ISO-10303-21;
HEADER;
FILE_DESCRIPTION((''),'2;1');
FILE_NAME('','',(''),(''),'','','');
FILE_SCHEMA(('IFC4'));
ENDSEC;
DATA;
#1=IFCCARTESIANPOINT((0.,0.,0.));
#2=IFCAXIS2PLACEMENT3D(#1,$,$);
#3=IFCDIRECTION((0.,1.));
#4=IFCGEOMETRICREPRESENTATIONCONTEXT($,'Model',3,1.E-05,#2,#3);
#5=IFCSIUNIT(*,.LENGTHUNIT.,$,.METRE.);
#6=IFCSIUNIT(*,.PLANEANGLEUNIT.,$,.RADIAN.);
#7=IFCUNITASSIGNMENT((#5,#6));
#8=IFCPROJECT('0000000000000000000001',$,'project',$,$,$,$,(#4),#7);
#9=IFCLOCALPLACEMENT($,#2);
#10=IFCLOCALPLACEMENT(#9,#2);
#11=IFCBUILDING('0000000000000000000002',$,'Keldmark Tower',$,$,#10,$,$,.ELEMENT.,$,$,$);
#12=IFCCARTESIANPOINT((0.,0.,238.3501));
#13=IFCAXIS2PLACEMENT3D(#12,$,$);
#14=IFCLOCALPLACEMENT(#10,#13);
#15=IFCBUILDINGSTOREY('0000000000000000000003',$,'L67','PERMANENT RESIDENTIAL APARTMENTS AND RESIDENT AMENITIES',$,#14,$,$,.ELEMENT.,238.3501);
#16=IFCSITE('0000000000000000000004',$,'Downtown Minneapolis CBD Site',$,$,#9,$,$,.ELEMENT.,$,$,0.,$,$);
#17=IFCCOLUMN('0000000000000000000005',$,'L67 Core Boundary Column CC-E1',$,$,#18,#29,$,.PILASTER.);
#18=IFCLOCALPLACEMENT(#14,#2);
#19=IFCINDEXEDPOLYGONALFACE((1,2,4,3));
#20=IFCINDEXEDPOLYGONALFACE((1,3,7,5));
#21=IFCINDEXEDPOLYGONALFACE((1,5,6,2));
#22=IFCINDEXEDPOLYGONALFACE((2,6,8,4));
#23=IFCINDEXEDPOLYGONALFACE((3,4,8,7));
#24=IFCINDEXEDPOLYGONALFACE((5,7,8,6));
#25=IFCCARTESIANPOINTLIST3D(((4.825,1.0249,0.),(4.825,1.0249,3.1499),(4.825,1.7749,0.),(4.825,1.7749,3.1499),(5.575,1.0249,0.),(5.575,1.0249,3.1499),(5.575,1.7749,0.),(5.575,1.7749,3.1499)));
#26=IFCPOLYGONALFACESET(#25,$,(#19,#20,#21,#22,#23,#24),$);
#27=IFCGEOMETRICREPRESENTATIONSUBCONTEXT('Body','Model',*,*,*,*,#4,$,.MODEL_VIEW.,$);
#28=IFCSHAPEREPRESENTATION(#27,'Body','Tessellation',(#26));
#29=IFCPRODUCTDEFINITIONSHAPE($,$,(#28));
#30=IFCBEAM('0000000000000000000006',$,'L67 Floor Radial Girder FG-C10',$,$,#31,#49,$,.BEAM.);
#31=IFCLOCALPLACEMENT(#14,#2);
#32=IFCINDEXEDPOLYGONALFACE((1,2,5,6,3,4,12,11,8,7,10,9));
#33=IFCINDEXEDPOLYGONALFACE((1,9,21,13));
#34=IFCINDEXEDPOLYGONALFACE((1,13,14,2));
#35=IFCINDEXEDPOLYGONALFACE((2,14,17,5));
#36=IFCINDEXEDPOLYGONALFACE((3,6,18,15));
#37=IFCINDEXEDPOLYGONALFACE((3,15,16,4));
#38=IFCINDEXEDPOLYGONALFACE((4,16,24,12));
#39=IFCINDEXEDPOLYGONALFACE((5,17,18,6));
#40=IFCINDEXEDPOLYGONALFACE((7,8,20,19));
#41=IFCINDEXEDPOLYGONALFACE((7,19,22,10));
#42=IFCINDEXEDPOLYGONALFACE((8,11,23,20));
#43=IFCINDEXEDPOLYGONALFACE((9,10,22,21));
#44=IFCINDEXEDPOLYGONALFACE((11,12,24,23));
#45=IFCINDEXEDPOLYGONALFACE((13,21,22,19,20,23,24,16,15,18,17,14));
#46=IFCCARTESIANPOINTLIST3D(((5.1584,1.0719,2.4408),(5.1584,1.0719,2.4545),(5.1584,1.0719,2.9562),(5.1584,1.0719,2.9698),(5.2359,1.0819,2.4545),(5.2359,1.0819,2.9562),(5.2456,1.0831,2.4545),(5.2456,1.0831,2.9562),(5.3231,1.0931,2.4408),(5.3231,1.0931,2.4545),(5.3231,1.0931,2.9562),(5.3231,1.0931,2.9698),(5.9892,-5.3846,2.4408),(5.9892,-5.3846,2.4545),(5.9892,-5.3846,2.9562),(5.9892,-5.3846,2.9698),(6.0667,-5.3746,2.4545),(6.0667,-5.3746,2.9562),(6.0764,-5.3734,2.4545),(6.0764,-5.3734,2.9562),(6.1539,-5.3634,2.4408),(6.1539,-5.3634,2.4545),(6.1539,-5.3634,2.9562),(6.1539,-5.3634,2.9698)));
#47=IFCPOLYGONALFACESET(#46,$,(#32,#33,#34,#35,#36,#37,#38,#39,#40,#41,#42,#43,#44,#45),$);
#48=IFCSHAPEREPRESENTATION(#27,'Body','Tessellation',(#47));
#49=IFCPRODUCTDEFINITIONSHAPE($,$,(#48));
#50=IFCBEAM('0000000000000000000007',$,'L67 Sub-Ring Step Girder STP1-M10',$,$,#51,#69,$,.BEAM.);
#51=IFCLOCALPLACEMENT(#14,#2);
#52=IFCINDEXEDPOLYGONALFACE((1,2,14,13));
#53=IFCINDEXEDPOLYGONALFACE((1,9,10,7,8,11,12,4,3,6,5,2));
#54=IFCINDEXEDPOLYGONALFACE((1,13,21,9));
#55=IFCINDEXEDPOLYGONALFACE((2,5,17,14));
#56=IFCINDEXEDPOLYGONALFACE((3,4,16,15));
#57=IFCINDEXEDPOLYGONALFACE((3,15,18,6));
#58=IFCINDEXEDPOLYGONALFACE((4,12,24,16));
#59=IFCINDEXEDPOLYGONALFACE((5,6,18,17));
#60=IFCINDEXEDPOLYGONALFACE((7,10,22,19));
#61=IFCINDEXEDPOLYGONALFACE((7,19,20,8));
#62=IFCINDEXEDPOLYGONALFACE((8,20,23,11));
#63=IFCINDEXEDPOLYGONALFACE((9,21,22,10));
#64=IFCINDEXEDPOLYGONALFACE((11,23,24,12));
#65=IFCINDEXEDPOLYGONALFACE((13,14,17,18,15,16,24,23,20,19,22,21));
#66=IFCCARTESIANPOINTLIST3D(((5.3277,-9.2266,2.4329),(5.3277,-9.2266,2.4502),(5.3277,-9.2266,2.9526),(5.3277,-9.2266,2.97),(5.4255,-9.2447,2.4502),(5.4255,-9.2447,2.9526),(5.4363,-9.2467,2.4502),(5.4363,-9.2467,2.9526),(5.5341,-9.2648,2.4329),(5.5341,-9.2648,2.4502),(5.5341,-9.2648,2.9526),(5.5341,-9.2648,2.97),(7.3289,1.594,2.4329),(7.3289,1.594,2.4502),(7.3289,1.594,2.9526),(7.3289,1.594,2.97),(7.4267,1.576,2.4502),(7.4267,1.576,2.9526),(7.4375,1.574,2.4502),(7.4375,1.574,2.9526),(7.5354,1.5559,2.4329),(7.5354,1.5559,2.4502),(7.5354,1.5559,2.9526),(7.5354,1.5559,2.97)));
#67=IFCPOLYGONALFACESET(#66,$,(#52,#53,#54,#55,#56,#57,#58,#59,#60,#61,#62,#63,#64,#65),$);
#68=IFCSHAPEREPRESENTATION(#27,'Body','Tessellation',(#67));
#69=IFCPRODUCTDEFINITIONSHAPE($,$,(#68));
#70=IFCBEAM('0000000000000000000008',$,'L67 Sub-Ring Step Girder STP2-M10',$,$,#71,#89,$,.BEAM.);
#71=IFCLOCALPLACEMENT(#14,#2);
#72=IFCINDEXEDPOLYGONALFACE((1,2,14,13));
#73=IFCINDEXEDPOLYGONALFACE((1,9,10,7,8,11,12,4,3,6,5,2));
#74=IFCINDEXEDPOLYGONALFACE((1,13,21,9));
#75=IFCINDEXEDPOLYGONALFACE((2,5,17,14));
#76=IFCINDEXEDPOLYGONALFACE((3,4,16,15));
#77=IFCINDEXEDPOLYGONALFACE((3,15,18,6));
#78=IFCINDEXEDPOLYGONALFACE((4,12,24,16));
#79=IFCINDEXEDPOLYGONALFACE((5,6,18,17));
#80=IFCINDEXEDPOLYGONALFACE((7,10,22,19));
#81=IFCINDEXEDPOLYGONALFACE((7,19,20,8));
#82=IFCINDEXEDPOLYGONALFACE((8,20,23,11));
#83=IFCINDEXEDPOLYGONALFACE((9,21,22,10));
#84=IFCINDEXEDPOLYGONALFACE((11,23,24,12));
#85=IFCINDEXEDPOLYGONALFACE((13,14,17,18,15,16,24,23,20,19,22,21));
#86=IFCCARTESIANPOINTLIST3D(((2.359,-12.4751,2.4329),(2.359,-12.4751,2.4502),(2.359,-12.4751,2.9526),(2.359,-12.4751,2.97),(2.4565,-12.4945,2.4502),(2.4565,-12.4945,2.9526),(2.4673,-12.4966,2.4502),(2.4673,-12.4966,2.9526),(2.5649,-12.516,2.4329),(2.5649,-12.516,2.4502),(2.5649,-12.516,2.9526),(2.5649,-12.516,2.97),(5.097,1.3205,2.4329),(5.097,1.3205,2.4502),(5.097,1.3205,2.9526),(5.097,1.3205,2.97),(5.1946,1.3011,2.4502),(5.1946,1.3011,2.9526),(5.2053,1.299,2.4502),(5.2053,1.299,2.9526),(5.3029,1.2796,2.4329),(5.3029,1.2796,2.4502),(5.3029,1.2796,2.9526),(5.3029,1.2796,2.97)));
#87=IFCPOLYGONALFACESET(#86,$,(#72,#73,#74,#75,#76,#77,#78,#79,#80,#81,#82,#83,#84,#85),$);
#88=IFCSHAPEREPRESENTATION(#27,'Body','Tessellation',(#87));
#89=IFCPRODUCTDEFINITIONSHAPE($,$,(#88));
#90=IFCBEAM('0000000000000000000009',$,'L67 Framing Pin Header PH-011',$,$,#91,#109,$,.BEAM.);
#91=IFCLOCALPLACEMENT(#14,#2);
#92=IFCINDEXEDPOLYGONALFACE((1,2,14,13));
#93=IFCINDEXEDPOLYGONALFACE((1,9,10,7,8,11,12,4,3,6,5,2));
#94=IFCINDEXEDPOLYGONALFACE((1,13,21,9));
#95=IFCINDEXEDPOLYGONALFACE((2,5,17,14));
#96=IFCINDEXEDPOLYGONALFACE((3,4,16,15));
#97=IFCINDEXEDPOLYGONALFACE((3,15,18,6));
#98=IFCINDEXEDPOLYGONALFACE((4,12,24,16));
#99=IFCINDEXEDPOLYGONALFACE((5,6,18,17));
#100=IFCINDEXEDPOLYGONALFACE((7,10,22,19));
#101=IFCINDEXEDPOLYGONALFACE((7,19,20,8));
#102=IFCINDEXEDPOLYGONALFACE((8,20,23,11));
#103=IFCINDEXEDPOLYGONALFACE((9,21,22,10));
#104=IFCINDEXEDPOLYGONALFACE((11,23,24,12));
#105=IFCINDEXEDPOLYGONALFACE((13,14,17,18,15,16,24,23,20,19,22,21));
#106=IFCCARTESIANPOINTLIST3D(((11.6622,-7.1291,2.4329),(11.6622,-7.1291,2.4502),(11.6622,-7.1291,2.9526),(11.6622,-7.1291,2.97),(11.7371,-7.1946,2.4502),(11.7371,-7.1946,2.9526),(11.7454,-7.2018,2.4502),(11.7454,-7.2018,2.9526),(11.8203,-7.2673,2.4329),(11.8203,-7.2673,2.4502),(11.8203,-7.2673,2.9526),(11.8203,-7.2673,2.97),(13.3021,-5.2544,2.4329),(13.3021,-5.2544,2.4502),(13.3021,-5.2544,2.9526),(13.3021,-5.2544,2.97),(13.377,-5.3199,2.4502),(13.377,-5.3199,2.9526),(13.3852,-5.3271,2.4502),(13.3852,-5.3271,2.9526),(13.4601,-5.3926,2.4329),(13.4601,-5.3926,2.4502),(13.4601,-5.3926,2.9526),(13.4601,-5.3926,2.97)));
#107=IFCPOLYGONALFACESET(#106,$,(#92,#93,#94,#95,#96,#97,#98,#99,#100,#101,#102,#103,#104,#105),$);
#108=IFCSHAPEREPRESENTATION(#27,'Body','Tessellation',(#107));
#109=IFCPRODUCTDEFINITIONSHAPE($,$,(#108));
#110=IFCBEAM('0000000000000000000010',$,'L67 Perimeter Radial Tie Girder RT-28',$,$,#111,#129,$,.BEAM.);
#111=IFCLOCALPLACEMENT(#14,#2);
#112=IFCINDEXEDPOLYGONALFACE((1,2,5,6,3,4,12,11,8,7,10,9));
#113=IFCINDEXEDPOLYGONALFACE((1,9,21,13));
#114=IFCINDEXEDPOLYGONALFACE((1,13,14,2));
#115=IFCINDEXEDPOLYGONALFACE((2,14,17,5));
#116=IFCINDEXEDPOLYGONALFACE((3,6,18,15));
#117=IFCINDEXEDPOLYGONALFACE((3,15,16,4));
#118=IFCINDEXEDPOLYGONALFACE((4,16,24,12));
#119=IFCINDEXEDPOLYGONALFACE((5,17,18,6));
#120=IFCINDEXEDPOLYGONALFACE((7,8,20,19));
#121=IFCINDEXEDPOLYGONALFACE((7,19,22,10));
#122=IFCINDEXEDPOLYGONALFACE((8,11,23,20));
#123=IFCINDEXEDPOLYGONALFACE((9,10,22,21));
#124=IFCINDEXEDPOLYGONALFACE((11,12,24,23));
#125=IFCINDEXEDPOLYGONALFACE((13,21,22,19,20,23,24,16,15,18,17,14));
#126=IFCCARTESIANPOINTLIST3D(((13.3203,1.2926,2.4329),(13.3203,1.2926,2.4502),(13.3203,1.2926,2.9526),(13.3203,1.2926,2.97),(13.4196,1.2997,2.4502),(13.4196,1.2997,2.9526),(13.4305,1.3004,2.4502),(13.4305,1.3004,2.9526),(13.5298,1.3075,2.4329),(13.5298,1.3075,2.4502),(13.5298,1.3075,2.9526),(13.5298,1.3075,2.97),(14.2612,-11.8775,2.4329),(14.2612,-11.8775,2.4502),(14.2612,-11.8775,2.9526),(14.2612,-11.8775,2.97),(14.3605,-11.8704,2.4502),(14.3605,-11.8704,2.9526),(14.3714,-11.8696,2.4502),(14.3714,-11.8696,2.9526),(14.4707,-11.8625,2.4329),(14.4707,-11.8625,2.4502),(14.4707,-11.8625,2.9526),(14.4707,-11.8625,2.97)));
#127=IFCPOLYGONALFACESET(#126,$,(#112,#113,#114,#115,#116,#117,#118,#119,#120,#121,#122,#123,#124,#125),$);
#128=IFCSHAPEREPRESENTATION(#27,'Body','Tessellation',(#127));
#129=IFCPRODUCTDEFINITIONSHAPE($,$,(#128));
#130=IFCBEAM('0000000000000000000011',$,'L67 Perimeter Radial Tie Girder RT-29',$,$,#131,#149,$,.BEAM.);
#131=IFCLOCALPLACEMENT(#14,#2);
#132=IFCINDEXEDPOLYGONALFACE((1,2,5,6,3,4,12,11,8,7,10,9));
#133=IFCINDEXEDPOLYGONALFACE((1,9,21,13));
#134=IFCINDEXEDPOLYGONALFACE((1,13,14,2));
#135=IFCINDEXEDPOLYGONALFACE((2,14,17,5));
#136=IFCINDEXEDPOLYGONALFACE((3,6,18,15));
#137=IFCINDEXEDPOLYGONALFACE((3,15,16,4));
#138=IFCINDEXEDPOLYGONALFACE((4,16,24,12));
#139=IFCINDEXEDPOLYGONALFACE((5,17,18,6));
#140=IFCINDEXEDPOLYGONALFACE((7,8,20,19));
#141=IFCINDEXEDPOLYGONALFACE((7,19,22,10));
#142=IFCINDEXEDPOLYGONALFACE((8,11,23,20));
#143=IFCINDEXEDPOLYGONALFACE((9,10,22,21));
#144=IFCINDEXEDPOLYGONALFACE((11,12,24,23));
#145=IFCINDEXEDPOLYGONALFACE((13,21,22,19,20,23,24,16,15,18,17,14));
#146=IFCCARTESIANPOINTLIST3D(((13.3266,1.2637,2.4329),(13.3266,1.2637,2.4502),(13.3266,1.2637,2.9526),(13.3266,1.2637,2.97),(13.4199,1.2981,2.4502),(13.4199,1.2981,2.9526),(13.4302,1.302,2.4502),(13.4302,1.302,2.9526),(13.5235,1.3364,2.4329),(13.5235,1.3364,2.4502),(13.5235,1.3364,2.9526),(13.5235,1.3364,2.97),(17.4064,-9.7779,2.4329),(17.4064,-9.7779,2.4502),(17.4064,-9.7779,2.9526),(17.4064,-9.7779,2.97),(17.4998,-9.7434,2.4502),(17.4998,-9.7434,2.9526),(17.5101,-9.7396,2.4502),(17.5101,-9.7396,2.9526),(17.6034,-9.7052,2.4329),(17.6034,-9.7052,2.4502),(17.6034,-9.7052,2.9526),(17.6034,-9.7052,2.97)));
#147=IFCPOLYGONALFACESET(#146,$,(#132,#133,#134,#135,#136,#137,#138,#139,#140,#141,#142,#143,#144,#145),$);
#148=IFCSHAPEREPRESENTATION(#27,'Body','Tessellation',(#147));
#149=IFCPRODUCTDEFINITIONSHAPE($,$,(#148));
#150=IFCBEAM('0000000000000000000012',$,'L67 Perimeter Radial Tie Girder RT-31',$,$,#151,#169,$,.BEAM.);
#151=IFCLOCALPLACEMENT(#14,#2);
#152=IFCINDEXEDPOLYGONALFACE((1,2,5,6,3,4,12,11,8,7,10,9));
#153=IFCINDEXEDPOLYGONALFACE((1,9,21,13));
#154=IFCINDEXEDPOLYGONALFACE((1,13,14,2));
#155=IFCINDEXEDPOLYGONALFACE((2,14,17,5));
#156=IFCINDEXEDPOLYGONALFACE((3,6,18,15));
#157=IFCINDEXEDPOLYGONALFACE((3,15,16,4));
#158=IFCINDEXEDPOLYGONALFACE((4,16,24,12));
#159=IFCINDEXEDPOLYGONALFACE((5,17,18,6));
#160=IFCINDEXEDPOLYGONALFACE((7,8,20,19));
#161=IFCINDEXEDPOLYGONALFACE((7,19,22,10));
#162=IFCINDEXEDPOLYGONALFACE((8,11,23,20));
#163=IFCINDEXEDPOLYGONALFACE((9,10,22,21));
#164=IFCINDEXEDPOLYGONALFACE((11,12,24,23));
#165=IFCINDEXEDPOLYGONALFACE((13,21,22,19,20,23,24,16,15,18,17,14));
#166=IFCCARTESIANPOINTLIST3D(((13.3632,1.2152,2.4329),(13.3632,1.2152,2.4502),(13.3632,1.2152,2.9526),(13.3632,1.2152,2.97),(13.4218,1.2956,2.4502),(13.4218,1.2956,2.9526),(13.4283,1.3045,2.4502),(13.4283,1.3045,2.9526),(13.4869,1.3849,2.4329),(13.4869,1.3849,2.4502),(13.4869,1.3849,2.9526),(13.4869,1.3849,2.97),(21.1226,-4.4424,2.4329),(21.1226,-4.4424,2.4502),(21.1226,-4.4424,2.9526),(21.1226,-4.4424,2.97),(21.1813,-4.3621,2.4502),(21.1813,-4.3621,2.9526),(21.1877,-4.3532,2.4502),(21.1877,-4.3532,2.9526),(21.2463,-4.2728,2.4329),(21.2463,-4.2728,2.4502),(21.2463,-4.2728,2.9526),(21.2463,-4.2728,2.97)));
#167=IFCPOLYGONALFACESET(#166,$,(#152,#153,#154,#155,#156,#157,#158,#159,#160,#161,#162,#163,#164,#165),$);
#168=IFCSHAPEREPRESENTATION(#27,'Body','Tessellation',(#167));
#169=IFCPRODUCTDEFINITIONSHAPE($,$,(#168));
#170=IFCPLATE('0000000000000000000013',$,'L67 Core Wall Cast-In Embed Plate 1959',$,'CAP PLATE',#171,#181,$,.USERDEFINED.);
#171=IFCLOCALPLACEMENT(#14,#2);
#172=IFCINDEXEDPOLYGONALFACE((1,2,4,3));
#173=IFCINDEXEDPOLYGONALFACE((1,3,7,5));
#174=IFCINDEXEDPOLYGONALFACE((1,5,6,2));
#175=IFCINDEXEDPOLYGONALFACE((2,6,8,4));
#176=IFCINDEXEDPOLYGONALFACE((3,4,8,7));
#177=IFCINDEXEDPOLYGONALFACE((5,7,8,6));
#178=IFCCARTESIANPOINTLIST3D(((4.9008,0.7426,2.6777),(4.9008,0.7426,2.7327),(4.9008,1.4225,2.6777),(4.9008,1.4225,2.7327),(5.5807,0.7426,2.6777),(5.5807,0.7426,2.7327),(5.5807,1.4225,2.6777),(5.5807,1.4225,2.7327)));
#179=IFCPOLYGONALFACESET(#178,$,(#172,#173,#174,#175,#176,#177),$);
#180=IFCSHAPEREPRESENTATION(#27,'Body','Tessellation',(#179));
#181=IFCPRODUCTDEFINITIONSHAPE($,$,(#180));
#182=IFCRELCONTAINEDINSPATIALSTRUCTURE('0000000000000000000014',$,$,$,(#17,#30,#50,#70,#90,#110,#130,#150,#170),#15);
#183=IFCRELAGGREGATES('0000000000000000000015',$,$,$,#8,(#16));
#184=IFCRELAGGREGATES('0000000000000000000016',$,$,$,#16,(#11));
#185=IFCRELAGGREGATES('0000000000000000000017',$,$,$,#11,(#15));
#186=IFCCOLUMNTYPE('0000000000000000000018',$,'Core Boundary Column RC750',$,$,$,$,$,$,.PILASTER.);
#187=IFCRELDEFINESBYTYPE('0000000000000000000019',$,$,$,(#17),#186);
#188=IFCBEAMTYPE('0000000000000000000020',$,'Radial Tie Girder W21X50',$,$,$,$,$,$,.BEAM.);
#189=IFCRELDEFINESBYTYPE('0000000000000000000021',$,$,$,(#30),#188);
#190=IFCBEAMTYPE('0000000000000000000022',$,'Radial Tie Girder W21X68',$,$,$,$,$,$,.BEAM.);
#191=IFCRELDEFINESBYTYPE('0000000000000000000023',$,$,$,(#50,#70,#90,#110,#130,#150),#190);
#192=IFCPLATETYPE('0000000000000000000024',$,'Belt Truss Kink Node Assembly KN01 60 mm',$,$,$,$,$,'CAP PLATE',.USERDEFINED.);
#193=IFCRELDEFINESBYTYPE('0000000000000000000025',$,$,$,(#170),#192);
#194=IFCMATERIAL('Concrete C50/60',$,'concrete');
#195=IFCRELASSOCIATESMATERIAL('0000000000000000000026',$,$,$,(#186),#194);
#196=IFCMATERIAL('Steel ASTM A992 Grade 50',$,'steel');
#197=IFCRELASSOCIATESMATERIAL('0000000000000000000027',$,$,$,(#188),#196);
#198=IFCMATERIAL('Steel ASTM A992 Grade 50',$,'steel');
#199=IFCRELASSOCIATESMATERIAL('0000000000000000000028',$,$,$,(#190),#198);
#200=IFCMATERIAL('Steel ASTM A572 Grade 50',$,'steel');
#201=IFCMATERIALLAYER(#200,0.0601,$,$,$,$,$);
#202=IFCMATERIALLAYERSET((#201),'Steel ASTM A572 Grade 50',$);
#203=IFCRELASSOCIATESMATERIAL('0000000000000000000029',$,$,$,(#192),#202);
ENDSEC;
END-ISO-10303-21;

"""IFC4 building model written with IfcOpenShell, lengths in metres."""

from ifc_helpers import new_model, si_unit, direction, frame, origin, origin_2d, place, context, subcontext, project, spatial, rectangle, i_section, extrude, material, layer, layer_set, material_profile, profile_set, type_object, element, save


model = new_model("IFC4")

# Units and contexts
model_context = context("Model", 3, precision=1e-05, world=origin(), true_north=direction((0.0, 1.0)))
body_context = subcontext(model_context, "Body", "Model", "MODEL_VIEW")
ifc_project = project(units=[si_unit("LENGTHUNIT", "METRE"), si_unit("PLANEANGLEUNIT", "RADIAN")], contexts=[model_context])

# Site, building, storey
site_placement = place(None, origin())
site = spatial("IfcSite", under=ifc_project, at=site_placement, Name="Downtown Minneapolis CBD Site", CompositionType="ELEMENT", RefElevation=0.0)
building_placement = place(site_placement, origin())
building = spatial("IfcBuilding", under=site, at=building_placement, Name="Keldmark Tower", CompositionType="ELEMENT")
storey_placement = place(building_placement, frame((0.0, 0.0, 238.3501)))
storey = spatial("IfcBuildingStorey", under=building, at=storey_placement, Name="L67", Description="PERMANENT RESIDENTIAL APARTMENTS AND RESIDENT AMENITIES", CompositionType="ELEMENT", Elevation=238.3501)

# Column
ifc_material_1 = material(Name="Concrete C50/60", Category="concrete")
ifc_material_profile_1 = material_profile(ifc_material_1, rectangle(XDim=0.75, YDim=0.75, at=origin_2d()), Name="RC750X750")
ifc_profile_set_1 = profile_set([ifc_material_profile_1], Name="Concrete C50/60")
column_type = type_object("IfcColumnType", Name="Core Boundary Column RC750", PredefinedType="PILASTER", material=ifc_profile_set_1)
column_placement = place(storey_placement, frame((5.2, 1.3999, 0.0), z_axis=(0.0, 0.0, 1.0), x_axis=(1.0, 0.0, 0.0)))
element("IfcColumn", 1, at=column_placement, inside=storey, type_object=column_type, Name="L67 Core Boundary Column CC-E1", PredefinedType="PILASTER", context=body_context, shape_type="SweptSolid", body=[
    extrude(rectangle(XDim=0.75, YDim=0.75, at=origin_2d()), origin(), (0.0, 0.0, 1.0), 3.1499),
])

# Beams
ifc_material_2 = material(Name="Steel ASTM A992 Grade 50", Category="steel")
ifc_material_profile_2 = material_profile(ifc_material_2, i_section(OverallWidth=0.166, OverallDepth=0.5291, WebThickness=0.0098, FlangeThickness=0.0137, at=origin_2d()), Name="W21X50")
ifc_profile_set_2 = profile_set([ifc_material_profile_2], Name="Steel ASTM A992 Grade 50")
beam_type_1 = type_object("IfcBeamType", Name="Radial Tie Girder W21X50", PredefinedType="BEAM", material=ifc_profile_set_2)
beam_1_placement = place(storey_placement, frame((6.0715, -5.374, 2.7053), z_axis=(-0.127625, 0.991822, 0.0), x_axis=(-0.991822, -0.127625, 0.0)))
element("IfcBeam", 2, at=beam_1_placement, inside=storey, type_object=beam_type_1, Name="L67 Floor Radial Girder FG-C10", PredefinedType="BEAM", context=body_context, shape_type="SweptSolid", body=[
    extrude(i_section(OverallWidth=0.166, OverallDepth=0.5291, WebThickness=0.0098, FlangeThickness=0.0137, at=origin_2d()), origin(), (0.0, 0.0, 1.0), 6.5098),
])
ifc_material_3 = material(Name="Steel ASTM A992 Grade 50", Category="steel")
ifc_material_profile_3 = material_profile(ifc_material_3, i_section(OverallWidth=0.21, OverallDepth=0.5371, WebThickness=0.011, FlangeThickness=0.0173, at=origin_2d()), Name="W21X68")
ifc_profile_set_3 = profile_set([ifc_material_profile_3], Name="Steel ASTM A992 Grade 50")
beam_type_2 = type_object("IfcBeamType", Name="Radial Tie Girder W21X68", PredefinedType="BEAM", material=ifc_profile_set_3)
beam_2_placement = place(storey_placement, frame((7.4321, 1.575, 2.7014), z_axis=(-0.181862, -0.983324, 0.0), x_axis=(0.983324, -0.181862, 0.0)))
element("IfcBeam", 3, at=beam_2_placement, inside=storey, type_object=beam_type_2, Name="L67 Sub-Ring Step Girder STP1-M10", PredefinedType="BEAM", context=body_context, shape_type="SweptSolid", body=[
    extrude(i_section(OverallWidth=0.21, OverallDepth=0.5371, WebThickness=0.011, FlangeThickness=0.0173, at=origin_2d()), origin(), (0.0, 0.0, 1.0), 11.0042),
])
beam_3_placement = place(storey_placement, frame((5.2, 1.3, 2.7014), z_axis=(-0.194674, -0.980868, 0.0), x_axis=(0.980868, -0.194674, 0.0)))
element("IfcBeam", 4, at=beam_3_placement, inside=storey, type_object=beam_type_2, Name="L67 Sub-Ring Step Girder STP2-M10", PredefinedType="BEAM", context=body_context, shape_type="SweptSolid", body=[
    extrude(i_section(OverallWidth=0.21, OverallDepth=0.5371, WebThickness=0.011, FlangeThickness=0.0173, at=origin_2d()), origin(), (0.0, 0.0, 1.0), 14.0647),
])
beam_4_placement = place(storey_placement, frame((13.3811, -5.3235, 2.7014), z_axis=(-0.658387, -0.75268, 0.0), x_axis=(0.75268, -0.658387, 0.0)))
element("IfcBeam", 5, at=beam_4_placement, inside=storey, type_object=beam_type_2, Name="L67 Framing Pin Header PH-011", PredefinedType="BEAM", context=body_context, shape_type="SweptSolid", body=[
    extrude(i_section(OverallWidth=0.21, OverallDepth=0.5371, WebThickness=0.011, FlangeThickness=0.0173, at=origin_2d()), origin(), (0.0, 0.0, 1.0), 2.4907),
])
beam_5_placement = place(storey_placement, frame((13.425, 1.3, 2.7014), z_axis=(0.071262, -0.997458, 0.0), x_axis=(0.997458, 0.071262, 0.0)))
element("IfcBeam", 6, at=beam_5_placement, inside=storey, type_object=beam_type_2, Name="L67 Perimeter Radial Tie Girder RT-28", PredefinedType="BEAM", context=body_context, shape_type="SweptSolid", body=[
    extrude(i_section(OverallWidth=0.21, OverallDepth=0.5371, WebThickness=0.011, FlangeThickness=0.0173, at=origin_2d()), origin(), (0.0, 0.0, 1.0), 13.2036),
])
beam_6_placement = place(storey_placement, frame((13.425, 1.3, 2.7014), z_axis=(0.346596, -0.938014, 0.0), x_axis=(0.938014, 0.346596, 0.0)))
element("IfcBeam", 7, at=beam_6_placement, inside=storey, type_object=beam_type_2, Name="L67 Perimeter Radial Tie Girder RT-29", PredefinedType="BEAM", context=body_context, shape_type="SweptSolid", body=[
    extrude(i_section(OverallWidth=0.21, OverallDepth=0.5371, WebThickness=0.011, FlangeThickness=0.0173, at=origin_2d()), origin(), (0.0, 0.0, 1.0), 11.7712),
])
beam_7_placement = place(storey_placement, frame((13.425, 1.3, 2.7014), z_axis=(0.808021, -0.589154, 0.0), x_axis=(0.589154, 0.808021, 0.0)))
element("IfcBeam", 8, at=beam_7_placement, inside=storey, type_object=beam_type_2, Name="L67 Perimeter Radial Tie Girder RT-31", PredefinedType="BEAM", context=body_context, shape_type="SweptSolid", body=[
    extrude(i_section(OverallWidth=0.21, OverallDepth=0.5371, WebThickness=0.011, FlangeThickness=0.0173, at=origin_2d()), origin(), (0.0, 0.0, 1.0), 9.603),
])

# Plate
ifc_material_4 = material(Name="Steel ASTM A572 Grade 50", Category="steel")
ifc_layer_1 = layer(ifc_material_4, 0.0601)
ifc_layer_set_1 = layer_set([ifc_layer_1], Name="Steel ASTM A572 Grade 50")
plate_type = type_object("IfcPlateType", Name="Belt Truss Kink Node Assembly KN01 60 mm", ElementType="CAP PLATE", PredefinedType="USERDEFINED", material=ifc_layer_set_1)
for number, where, z_axis, x_axis, name in (
    (9, (5.2407, 1.0825, 2.6777), (0.0, 0.0, 1.0), (1.0, 0.0, 0.0), "L67 Core Wall Cast-In Embed Plate 1959"),
):
    element("IfcPlate", number, at=place(storey_placement, frame(where, z_axis=z_axis, x_axis=x_axis)), inside=storey, type_object=plate_type, Name=name, ObjectType="CAP PLATE", PredefinedType="USERDEFINED", context=body_context, shape_type="SweptSolid", body=[
        extrude(rectangle(XDim=0.6799, YDim=0.6799, at=origin_2d()), origin(), (0.0, 0.0, 1.0), 0.0549),
    ])

save(model, "model.ifc")
